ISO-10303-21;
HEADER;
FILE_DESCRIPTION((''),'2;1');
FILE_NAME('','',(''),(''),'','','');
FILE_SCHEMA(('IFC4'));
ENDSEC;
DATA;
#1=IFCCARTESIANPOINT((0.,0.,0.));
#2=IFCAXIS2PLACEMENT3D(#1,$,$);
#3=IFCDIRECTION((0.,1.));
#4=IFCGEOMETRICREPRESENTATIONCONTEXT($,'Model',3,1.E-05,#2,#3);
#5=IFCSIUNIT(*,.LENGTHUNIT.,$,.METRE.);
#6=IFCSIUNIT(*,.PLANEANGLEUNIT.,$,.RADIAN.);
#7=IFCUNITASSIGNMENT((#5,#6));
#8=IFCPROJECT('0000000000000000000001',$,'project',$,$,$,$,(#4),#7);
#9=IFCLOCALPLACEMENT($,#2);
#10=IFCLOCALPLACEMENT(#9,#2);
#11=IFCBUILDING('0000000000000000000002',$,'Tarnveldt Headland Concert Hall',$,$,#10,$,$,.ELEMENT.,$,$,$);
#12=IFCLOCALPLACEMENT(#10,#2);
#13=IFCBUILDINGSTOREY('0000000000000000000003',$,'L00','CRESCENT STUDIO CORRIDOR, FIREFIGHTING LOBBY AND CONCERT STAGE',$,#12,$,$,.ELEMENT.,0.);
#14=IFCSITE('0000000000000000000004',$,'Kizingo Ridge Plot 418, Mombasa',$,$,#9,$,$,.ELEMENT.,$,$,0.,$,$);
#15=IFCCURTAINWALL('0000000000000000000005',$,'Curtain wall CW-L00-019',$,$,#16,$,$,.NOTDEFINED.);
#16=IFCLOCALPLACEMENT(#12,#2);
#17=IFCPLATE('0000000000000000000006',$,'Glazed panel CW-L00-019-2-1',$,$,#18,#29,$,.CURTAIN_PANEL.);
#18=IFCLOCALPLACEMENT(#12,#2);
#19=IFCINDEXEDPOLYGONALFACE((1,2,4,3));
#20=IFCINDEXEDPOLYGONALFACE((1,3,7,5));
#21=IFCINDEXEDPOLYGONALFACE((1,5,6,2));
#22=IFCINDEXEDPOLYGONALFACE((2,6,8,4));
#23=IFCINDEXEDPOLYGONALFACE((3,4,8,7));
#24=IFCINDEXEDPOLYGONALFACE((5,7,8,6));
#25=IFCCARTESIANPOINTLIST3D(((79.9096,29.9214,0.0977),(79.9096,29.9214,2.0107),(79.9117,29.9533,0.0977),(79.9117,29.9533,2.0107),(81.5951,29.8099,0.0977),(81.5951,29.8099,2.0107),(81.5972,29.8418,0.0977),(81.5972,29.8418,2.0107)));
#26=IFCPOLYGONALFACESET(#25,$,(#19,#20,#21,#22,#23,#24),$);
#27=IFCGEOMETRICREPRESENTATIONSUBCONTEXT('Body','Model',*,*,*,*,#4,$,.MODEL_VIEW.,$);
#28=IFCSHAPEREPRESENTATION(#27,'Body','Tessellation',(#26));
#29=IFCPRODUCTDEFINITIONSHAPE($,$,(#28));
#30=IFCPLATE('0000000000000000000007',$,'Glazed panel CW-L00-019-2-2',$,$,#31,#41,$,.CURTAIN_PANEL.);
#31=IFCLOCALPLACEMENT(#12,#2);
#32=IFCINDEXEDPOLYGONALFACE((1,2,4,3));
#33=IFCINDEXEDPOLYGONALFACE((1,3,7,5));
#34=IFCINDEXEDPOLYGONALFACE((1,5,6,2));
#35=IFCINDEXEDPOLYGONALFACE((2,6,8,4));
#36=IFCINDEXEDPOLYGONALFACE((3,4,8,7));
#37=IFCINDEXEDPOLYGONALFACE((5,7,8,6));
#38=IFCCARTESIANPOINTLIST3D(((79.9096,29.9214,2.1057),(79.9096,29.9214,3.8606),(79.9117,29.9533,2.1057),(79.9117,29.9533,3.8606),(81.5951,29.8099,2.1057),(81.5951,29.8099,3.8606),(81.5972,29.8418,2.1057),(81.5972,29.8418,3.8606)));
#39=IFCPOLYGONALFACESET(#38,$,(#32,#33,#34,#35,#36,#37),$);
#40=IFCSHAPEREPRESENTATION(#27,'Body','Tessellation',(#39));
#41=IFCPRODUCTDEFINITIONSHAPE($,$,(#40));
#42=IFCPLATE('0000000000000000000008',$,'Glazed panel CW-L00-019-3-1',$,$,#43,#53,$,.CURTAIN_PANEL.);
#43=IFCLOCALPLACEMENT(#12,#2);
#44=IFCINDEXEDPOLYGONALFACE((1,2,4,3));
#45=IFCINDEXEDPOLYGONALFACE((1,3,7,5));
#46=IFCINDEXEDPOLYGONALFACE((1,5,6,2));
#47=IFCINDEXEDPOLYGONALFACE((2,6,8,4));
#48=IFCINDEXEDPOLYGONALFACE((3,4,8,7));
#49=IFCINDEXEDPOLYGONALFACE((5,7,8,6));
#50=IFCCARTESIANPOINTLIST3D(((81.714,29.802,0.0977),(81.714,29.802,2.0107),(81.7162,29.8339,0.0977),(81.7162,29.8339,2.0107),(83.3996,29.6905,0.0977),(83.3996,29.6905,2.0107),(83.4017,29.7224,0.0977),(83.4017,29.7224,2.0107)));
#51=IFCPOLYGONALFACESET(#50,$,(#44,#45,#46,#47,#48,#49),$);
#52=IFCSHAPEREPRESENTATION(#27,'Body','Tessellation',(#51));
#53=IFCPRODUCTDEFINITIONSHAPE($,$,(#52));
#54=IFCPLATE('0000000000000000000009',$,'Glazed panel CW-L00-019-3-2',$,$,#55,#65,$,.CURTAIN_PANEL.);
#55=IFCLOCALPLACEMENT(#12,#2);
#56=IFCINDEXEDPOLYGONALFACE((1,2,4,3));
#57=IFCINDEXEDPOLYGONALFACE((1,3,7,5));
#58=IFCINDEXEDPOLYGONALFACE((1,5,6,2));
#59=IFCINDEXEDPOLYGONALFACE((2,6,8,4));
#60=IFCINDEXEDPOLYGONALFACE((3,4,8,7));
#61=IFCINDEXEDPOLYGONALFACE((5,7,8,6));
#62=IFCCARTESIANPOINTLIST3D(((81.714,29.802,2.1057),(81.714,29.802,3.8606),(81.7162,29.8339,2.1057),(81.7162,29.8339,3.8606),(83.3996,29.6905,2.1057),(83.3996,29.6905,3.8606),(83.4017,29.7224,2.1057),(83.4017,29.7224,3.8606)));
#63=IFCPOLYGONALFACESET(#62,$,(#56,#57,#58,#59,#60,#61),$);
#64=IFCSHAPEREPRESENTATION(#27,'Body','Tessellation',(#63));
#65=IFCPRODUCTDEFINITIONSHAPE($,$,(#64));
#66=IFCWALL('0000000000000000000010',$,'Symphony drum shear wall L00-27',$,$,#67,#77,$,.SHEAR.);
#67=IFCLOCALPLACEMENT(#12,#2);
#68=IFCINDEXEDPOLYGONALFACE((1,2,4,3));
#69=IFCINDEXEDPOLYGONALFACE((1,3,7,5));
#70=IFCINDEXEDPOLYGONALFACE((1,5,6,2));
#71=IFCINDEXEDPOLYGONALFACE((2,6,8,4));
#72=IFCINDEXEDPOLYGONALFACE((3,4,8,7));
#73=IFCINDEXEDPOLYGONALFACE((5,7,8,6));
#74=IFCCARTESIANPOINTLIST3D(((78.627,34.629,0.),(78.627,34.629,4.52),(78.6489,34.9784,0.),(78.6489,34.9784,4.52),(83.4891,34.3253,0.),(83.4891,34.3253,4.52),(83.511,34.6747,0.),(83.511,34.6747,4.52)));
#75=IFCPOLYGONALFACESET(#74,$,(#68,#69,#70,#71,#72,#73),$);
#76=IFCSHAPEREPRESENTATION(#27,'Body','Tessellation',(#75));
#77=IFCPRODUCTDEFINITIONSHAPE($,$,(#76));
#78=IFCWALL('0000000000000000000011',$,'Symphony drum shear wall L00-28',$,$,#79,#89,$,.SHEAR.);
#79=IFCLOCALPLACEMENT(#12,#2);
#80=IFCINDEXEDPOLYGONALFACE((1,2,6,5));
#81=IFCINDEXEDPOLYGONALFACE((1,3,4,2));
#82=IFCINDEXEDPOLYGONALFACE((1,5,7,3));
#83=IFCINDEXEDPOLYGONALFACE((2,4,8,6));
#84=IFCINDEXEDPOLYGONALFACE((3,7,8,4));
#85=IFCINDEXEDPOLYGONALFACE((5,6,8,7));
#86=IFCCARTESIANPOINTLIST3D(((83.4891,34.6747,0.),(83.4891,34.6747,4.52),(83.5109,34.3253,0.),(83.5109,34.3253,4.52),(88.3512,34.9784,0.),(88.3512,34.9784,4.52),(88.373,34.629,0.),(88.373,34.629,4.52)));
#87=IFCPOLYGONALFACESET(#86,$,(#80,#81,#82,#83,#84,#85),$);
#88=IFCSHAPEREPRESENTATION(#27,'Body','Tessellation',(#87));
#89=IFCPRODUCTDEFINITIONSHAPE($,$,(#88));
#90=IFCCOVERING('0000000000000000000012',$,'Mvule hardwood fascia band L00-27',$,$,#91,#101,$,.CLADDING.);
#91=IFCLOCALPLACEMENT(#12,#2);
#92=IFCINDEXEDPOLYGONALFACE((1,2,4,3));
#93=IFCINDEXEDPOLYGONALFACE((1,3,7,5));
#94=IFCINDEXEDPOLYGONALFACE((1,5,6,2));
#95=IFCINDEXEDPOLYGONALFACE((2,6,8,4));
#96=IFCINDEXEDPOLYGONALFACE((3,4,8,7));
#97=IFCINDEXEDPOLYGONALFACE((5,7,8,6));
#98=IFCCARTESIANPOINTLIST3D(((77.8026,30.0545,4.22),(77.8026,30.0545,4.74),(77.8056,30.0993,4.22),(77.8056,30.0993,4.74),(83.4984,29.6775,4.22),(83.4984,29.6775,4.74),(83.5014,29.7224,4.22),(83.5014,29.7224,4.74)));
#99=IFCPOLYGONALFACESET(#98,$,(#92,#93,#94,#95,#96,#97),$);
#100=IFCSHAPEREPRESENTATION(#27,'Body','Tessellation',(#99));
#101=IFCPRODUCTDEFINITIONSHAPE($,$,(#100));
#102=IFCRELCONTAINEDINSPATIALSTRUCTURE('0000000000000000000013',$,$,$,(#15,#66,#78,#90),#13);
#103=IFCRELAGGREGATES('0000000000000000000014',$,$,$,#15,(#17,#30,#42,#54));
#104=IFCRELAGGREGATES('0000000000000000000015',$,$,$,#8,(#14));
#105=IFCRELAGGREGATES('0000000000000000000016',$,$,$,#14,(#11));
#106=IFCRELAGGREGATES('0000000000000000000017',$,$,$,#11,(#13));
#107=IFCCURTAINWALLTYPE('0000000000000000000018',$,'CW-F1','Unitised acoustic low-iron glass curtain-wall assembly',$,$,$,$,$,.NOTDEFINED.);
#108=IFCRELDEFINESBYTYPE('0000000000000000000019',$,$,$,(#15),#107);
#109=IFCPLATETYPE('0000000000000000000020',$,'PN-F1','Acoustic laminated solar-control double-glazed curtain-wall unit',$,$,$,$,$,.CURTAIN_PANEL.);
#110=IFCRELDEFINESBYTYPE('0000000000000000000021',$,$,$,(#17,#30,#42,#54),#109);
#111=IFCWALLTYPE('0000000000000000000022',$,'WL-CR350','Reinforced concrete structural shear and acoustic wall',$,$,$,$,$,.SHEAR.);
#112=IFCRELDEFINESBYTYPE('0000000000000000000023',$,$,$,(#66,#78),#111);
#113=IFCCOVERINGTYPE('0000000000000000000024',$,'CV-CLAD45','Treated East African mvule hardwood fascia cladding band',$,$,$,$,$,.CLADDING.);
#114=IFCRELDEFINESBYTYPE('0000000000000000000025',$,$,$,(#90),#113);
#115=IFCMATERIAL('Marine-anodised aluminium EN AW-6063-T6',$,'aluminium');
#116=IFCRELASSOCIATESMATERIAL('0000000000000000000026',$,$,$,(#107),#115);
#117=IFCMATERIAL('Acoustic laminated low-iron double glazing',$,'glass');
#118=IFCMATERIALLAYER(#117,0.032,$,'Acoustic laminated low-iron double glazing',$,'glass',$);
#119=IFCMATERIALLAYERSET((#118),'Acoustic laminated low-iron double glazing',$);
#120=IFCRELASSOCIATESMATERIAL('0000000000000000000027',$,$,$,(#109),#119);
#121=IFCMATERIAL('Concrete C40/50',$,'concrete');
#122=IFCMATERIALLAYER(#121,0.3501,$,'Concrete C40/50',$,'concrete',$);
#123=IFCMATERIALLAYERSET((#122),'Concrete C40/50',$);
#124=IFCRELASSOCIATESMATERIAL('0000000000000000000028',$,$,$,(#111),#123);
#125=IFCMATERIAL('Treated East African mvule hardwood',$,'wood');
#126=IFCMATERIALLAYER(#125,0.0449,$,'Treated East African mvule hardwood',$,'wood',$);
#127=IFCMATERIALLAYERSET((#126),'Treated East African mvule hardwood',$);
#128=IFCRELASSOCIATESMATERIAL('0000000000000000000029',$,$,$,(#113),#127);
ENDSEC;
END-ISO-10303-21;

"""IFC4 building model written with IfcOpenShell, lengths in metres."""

from ifc_helpers import new_model, si_unit, direction, frame, frame_2d, origin, origin_2d, place, context, subcontext, project, spatial, rectangle, extrude, material, layer, layer_set, type_object, element, aggregate, save


model = new_model("IFC4")

# Units and contexts
model_context = context("Model", 3, precision=1e-05, world=origin(), true_north=direction((0.0, 1.0)))
body_context = subcontext(model_context, "Body", "Model", "MODEL_VIEW")
ifc_project = project(units=[si_unit("LENGTHUNIT", "METRE"), si_unit("PLANEANGLEUNIT", "RADIAN")], contexts=[model_context])

# Site, building, storey
site_placement = place(None, origin())
site = spatial("IfcSite", under=ifc_project, at=site_placement, Name="Kizingo Ridge Plot 418, Mombasa", CompositionType="ELEMENT", RefElevation=0.0)
building_placement = place(site_placement, origin())
building = spatial("IfcBuilding", under=site, at=building_placement, Name="Tarnveldt Headland Concert Hall", CompositionType="ELEMENT")
storey_placement = place(building_placement, origin())
storey = spatial("IfcBuildingStorey", under=building, at=storey_placement, Name="L00", Description="CRESCENT STUDIO CORRIDOR, FIREFIGHTING LOBBY AND CONCERT STAGE", CompositionType="ELEMENT", Elevation=0.0)

# Shared definitions
ifc_material_1 = material(Name="Concrete C40/50", Category="concrete")

# Shared definitions
ifc_material_2 = material(Name="Marine-anodised aluminium EN AW-6063-T6", Category="aluminium")
curtain_wall_type = type_object("IfcCurtainWallType", Name="CW-F1", Description="Unitised acoustic low-iron glass curtain-wall assembly", PredefinedType="NOTDEFINED", material=ifc_material_2)

# Curtain wall
curtain_wall_1_placement = place(storey_placement, origin())
curtain_wall_1 = element("IfcCurtainWall", 1, at=curtain_wall_1_placement, inside=storey, type_object=curtain_wall_type, Name="Curtain wall CW-L00-019", PredefinedType="NOTDEFINED")

# Plates
ifc_material_3 = material(Name="Acoustic laminated low-iron double glazing", Category="glass")
ifc_layer_1 = layer(ifc_material_3, 0.032, Name="Acoustic laminated low-iron double glazing", Category="glass")
ifc_layer_set_1 = layer_set([ifc_layer_1], Name="Acoustic laminated low-iron double glazing")
plate_type = type_object("IfcPlateType", Name="PN-F1", Description="Acoustic laminated solar-control double-glazed curtain-wall unit", PredefinedType="CURTAIN_PANEL", material=ifc_layer_set_1)
plate_1_placement = place(storey_placement, frame((80.7534, 29.8816, 0.0977), z_axis=(0.0, 0.0, 1.0), x_axis=(0.997819, -0.066013, 0.0)))
plate_1 = element("IfcPlate", 2, at=plate_1_placement, type_object=plate_type, Name="Glazed panel CW-L00-019-2-1", PredefinedType="CURTAIN_PANEL", context=body_context, shape_type="SweptSolid", body=[
    extrude(rectangle(XDim=1.6892, YDim=0.032, at=origin_2d()), origin(), (0.0, 0.0, 1.0), 1.9131),
])
plate_2_placement = place(storey_placement, frame((80.7534, 29.8816, 2.1057), z_axis=(0.0, 0.0, 1.0), x_axis=(0.997819, -0.066013, 0.0)))
plate_2 = element("IfcPlate", 3, at=plate_2_placement, type_object=plate_type, Name="Glazed panel CW-L00-019-2-2", PredefinedType="CURTAIN_PANEL", context=body_context, shape_type="SweptSolid", body=[
    extrude(rectangle(XDim=1.6892, YDim=0.032, at=origin_2d()), origin(), (0.0, 0.0, 1.0), 1.7549),
])
plate_3_placement = place(storey_placement, frame((82.5579, 29.7622, 0.0977), z_axis=(0.0, 0.0, 1.0), x_axis=(0.997819, -0.066013, 0.0)))
plate_3 = element("IfcPlate", 4, at=plate_3_placement, type_object=plate_type, Name="Glazed panel CW-L00-019-3-1", PredefinedType="CURTAIN_PANEL", context=body_context, shape_type="SweptSolid", body=[
    extrude(rectangle(XDim=1.6892, YDim=0.032, at=origin_2d()), origin(), (0.0, 0.0, 1.0), 1.9131),
])
plate_4_placement = place(storey_placement, frame((82.5579, 29.7622, 2.1057), z_axis=(0.0, 0.0, 1.0), x_axis=(0.997819, -0.066013, 0.0)))
plate_4 = element("IfcPlate", 5, at=plate_4_placement, type_object=plate_type, Name="Glazed panel CW-L00-019-3-2", PredefinedType="CURTAIN_PANEL", context=body_context, shape_type="SweptSolid", body=[
    extrude(rectangle(XDim=1.6892, YDim=0.032, at=origin_2d()), origin(), (0.0, 0.0, 1.0), 1.7549),
])
aggregate(curtain_wall_1, [plate_1, plate_2, plate_3, plate_4])

# Walls
ifc_layer_2 = layer(ifc_material_1, 0.3501, Name="Concrete C40/50", Category="concrete")
ifc_layer_set_2 = layer_set([ifc_layer_2], Name="Concrete C40/50")
wall_type = type_object("IfcWallType", Name="WL-CR350", Description="Reinforced concrete structural shear and acoustic wall", PredefinedType="SHEAR", material=ifc_layer_set_2)
for number, where, z_axis, x_axis, name in (
    (6, (78.6379, 34.8037, 0.0), (0.0, 0.0, 1.0), (0.998055, -0.062344, 0.0), "Symphony drum shear wall L00-27"),
    (7, (83.5, 34.5, 0.0), (0.0, 0.0, 1.0), (0.998055, 0.062344, 0.0), "Symphony drum shear wall L00-28"),
):
    element("IfcWall", number, at=place(storey_placement, frame(where, z_axis=z_axis, x_axis=x_axis)), inside=storey, type_object=wall_type, Name=name, PredefinedType="SHEAR", context=body_context, shape_type="SweptSolid", body=[
        extrude(rectangle(XDim=4.8716, YDim=0.3501, at=frame_2d((2.4358, 0.0))), origin(), (0.0, 0.0, 1.0), 4.52),
    ])

# Covering
ifc_material_4 = material(Name="Treated East African mvule hardwood", Category="wood")
ifc_layer_3 = layer(ifc_material_4, 0.0449, Name="Treated East African mvule hardwood", Category="wood")
ifc_layer_set_3 = layer_set([ifc_layer_3], Name="Treated East African mvule hardwood")
covering_type = type_object("IfcCoveringType", Name="CV-CLAD45", Description="Treated East African mvule hardwood fascia cladding band", PredefinedType="CLADDING", material=ifc_layer_set_3)
covering_placement = place(storey_placement, frame((77.8042, 30.0769, 4.22), z_axis=(0.0, 0.0, 1.0), x_axis=(0.997817, -0.066036, 0.0)))
element("IfcCovering", 8, at=covering_placement, inside=storey, type_object=covering_type, Name="Mvule hardwood fascia band L00-27", PredefinedType="CLADDING", context=body_context, shape_type="SweptSolid", body=[
    extrude(rectangle(XDim=5.7083, YDim=0.0449, at=frame_2d((2.854, 0.0))), origin(), (0.0, 0.0, 1.0), 0.52),
])

save(model, "model.ifc")
